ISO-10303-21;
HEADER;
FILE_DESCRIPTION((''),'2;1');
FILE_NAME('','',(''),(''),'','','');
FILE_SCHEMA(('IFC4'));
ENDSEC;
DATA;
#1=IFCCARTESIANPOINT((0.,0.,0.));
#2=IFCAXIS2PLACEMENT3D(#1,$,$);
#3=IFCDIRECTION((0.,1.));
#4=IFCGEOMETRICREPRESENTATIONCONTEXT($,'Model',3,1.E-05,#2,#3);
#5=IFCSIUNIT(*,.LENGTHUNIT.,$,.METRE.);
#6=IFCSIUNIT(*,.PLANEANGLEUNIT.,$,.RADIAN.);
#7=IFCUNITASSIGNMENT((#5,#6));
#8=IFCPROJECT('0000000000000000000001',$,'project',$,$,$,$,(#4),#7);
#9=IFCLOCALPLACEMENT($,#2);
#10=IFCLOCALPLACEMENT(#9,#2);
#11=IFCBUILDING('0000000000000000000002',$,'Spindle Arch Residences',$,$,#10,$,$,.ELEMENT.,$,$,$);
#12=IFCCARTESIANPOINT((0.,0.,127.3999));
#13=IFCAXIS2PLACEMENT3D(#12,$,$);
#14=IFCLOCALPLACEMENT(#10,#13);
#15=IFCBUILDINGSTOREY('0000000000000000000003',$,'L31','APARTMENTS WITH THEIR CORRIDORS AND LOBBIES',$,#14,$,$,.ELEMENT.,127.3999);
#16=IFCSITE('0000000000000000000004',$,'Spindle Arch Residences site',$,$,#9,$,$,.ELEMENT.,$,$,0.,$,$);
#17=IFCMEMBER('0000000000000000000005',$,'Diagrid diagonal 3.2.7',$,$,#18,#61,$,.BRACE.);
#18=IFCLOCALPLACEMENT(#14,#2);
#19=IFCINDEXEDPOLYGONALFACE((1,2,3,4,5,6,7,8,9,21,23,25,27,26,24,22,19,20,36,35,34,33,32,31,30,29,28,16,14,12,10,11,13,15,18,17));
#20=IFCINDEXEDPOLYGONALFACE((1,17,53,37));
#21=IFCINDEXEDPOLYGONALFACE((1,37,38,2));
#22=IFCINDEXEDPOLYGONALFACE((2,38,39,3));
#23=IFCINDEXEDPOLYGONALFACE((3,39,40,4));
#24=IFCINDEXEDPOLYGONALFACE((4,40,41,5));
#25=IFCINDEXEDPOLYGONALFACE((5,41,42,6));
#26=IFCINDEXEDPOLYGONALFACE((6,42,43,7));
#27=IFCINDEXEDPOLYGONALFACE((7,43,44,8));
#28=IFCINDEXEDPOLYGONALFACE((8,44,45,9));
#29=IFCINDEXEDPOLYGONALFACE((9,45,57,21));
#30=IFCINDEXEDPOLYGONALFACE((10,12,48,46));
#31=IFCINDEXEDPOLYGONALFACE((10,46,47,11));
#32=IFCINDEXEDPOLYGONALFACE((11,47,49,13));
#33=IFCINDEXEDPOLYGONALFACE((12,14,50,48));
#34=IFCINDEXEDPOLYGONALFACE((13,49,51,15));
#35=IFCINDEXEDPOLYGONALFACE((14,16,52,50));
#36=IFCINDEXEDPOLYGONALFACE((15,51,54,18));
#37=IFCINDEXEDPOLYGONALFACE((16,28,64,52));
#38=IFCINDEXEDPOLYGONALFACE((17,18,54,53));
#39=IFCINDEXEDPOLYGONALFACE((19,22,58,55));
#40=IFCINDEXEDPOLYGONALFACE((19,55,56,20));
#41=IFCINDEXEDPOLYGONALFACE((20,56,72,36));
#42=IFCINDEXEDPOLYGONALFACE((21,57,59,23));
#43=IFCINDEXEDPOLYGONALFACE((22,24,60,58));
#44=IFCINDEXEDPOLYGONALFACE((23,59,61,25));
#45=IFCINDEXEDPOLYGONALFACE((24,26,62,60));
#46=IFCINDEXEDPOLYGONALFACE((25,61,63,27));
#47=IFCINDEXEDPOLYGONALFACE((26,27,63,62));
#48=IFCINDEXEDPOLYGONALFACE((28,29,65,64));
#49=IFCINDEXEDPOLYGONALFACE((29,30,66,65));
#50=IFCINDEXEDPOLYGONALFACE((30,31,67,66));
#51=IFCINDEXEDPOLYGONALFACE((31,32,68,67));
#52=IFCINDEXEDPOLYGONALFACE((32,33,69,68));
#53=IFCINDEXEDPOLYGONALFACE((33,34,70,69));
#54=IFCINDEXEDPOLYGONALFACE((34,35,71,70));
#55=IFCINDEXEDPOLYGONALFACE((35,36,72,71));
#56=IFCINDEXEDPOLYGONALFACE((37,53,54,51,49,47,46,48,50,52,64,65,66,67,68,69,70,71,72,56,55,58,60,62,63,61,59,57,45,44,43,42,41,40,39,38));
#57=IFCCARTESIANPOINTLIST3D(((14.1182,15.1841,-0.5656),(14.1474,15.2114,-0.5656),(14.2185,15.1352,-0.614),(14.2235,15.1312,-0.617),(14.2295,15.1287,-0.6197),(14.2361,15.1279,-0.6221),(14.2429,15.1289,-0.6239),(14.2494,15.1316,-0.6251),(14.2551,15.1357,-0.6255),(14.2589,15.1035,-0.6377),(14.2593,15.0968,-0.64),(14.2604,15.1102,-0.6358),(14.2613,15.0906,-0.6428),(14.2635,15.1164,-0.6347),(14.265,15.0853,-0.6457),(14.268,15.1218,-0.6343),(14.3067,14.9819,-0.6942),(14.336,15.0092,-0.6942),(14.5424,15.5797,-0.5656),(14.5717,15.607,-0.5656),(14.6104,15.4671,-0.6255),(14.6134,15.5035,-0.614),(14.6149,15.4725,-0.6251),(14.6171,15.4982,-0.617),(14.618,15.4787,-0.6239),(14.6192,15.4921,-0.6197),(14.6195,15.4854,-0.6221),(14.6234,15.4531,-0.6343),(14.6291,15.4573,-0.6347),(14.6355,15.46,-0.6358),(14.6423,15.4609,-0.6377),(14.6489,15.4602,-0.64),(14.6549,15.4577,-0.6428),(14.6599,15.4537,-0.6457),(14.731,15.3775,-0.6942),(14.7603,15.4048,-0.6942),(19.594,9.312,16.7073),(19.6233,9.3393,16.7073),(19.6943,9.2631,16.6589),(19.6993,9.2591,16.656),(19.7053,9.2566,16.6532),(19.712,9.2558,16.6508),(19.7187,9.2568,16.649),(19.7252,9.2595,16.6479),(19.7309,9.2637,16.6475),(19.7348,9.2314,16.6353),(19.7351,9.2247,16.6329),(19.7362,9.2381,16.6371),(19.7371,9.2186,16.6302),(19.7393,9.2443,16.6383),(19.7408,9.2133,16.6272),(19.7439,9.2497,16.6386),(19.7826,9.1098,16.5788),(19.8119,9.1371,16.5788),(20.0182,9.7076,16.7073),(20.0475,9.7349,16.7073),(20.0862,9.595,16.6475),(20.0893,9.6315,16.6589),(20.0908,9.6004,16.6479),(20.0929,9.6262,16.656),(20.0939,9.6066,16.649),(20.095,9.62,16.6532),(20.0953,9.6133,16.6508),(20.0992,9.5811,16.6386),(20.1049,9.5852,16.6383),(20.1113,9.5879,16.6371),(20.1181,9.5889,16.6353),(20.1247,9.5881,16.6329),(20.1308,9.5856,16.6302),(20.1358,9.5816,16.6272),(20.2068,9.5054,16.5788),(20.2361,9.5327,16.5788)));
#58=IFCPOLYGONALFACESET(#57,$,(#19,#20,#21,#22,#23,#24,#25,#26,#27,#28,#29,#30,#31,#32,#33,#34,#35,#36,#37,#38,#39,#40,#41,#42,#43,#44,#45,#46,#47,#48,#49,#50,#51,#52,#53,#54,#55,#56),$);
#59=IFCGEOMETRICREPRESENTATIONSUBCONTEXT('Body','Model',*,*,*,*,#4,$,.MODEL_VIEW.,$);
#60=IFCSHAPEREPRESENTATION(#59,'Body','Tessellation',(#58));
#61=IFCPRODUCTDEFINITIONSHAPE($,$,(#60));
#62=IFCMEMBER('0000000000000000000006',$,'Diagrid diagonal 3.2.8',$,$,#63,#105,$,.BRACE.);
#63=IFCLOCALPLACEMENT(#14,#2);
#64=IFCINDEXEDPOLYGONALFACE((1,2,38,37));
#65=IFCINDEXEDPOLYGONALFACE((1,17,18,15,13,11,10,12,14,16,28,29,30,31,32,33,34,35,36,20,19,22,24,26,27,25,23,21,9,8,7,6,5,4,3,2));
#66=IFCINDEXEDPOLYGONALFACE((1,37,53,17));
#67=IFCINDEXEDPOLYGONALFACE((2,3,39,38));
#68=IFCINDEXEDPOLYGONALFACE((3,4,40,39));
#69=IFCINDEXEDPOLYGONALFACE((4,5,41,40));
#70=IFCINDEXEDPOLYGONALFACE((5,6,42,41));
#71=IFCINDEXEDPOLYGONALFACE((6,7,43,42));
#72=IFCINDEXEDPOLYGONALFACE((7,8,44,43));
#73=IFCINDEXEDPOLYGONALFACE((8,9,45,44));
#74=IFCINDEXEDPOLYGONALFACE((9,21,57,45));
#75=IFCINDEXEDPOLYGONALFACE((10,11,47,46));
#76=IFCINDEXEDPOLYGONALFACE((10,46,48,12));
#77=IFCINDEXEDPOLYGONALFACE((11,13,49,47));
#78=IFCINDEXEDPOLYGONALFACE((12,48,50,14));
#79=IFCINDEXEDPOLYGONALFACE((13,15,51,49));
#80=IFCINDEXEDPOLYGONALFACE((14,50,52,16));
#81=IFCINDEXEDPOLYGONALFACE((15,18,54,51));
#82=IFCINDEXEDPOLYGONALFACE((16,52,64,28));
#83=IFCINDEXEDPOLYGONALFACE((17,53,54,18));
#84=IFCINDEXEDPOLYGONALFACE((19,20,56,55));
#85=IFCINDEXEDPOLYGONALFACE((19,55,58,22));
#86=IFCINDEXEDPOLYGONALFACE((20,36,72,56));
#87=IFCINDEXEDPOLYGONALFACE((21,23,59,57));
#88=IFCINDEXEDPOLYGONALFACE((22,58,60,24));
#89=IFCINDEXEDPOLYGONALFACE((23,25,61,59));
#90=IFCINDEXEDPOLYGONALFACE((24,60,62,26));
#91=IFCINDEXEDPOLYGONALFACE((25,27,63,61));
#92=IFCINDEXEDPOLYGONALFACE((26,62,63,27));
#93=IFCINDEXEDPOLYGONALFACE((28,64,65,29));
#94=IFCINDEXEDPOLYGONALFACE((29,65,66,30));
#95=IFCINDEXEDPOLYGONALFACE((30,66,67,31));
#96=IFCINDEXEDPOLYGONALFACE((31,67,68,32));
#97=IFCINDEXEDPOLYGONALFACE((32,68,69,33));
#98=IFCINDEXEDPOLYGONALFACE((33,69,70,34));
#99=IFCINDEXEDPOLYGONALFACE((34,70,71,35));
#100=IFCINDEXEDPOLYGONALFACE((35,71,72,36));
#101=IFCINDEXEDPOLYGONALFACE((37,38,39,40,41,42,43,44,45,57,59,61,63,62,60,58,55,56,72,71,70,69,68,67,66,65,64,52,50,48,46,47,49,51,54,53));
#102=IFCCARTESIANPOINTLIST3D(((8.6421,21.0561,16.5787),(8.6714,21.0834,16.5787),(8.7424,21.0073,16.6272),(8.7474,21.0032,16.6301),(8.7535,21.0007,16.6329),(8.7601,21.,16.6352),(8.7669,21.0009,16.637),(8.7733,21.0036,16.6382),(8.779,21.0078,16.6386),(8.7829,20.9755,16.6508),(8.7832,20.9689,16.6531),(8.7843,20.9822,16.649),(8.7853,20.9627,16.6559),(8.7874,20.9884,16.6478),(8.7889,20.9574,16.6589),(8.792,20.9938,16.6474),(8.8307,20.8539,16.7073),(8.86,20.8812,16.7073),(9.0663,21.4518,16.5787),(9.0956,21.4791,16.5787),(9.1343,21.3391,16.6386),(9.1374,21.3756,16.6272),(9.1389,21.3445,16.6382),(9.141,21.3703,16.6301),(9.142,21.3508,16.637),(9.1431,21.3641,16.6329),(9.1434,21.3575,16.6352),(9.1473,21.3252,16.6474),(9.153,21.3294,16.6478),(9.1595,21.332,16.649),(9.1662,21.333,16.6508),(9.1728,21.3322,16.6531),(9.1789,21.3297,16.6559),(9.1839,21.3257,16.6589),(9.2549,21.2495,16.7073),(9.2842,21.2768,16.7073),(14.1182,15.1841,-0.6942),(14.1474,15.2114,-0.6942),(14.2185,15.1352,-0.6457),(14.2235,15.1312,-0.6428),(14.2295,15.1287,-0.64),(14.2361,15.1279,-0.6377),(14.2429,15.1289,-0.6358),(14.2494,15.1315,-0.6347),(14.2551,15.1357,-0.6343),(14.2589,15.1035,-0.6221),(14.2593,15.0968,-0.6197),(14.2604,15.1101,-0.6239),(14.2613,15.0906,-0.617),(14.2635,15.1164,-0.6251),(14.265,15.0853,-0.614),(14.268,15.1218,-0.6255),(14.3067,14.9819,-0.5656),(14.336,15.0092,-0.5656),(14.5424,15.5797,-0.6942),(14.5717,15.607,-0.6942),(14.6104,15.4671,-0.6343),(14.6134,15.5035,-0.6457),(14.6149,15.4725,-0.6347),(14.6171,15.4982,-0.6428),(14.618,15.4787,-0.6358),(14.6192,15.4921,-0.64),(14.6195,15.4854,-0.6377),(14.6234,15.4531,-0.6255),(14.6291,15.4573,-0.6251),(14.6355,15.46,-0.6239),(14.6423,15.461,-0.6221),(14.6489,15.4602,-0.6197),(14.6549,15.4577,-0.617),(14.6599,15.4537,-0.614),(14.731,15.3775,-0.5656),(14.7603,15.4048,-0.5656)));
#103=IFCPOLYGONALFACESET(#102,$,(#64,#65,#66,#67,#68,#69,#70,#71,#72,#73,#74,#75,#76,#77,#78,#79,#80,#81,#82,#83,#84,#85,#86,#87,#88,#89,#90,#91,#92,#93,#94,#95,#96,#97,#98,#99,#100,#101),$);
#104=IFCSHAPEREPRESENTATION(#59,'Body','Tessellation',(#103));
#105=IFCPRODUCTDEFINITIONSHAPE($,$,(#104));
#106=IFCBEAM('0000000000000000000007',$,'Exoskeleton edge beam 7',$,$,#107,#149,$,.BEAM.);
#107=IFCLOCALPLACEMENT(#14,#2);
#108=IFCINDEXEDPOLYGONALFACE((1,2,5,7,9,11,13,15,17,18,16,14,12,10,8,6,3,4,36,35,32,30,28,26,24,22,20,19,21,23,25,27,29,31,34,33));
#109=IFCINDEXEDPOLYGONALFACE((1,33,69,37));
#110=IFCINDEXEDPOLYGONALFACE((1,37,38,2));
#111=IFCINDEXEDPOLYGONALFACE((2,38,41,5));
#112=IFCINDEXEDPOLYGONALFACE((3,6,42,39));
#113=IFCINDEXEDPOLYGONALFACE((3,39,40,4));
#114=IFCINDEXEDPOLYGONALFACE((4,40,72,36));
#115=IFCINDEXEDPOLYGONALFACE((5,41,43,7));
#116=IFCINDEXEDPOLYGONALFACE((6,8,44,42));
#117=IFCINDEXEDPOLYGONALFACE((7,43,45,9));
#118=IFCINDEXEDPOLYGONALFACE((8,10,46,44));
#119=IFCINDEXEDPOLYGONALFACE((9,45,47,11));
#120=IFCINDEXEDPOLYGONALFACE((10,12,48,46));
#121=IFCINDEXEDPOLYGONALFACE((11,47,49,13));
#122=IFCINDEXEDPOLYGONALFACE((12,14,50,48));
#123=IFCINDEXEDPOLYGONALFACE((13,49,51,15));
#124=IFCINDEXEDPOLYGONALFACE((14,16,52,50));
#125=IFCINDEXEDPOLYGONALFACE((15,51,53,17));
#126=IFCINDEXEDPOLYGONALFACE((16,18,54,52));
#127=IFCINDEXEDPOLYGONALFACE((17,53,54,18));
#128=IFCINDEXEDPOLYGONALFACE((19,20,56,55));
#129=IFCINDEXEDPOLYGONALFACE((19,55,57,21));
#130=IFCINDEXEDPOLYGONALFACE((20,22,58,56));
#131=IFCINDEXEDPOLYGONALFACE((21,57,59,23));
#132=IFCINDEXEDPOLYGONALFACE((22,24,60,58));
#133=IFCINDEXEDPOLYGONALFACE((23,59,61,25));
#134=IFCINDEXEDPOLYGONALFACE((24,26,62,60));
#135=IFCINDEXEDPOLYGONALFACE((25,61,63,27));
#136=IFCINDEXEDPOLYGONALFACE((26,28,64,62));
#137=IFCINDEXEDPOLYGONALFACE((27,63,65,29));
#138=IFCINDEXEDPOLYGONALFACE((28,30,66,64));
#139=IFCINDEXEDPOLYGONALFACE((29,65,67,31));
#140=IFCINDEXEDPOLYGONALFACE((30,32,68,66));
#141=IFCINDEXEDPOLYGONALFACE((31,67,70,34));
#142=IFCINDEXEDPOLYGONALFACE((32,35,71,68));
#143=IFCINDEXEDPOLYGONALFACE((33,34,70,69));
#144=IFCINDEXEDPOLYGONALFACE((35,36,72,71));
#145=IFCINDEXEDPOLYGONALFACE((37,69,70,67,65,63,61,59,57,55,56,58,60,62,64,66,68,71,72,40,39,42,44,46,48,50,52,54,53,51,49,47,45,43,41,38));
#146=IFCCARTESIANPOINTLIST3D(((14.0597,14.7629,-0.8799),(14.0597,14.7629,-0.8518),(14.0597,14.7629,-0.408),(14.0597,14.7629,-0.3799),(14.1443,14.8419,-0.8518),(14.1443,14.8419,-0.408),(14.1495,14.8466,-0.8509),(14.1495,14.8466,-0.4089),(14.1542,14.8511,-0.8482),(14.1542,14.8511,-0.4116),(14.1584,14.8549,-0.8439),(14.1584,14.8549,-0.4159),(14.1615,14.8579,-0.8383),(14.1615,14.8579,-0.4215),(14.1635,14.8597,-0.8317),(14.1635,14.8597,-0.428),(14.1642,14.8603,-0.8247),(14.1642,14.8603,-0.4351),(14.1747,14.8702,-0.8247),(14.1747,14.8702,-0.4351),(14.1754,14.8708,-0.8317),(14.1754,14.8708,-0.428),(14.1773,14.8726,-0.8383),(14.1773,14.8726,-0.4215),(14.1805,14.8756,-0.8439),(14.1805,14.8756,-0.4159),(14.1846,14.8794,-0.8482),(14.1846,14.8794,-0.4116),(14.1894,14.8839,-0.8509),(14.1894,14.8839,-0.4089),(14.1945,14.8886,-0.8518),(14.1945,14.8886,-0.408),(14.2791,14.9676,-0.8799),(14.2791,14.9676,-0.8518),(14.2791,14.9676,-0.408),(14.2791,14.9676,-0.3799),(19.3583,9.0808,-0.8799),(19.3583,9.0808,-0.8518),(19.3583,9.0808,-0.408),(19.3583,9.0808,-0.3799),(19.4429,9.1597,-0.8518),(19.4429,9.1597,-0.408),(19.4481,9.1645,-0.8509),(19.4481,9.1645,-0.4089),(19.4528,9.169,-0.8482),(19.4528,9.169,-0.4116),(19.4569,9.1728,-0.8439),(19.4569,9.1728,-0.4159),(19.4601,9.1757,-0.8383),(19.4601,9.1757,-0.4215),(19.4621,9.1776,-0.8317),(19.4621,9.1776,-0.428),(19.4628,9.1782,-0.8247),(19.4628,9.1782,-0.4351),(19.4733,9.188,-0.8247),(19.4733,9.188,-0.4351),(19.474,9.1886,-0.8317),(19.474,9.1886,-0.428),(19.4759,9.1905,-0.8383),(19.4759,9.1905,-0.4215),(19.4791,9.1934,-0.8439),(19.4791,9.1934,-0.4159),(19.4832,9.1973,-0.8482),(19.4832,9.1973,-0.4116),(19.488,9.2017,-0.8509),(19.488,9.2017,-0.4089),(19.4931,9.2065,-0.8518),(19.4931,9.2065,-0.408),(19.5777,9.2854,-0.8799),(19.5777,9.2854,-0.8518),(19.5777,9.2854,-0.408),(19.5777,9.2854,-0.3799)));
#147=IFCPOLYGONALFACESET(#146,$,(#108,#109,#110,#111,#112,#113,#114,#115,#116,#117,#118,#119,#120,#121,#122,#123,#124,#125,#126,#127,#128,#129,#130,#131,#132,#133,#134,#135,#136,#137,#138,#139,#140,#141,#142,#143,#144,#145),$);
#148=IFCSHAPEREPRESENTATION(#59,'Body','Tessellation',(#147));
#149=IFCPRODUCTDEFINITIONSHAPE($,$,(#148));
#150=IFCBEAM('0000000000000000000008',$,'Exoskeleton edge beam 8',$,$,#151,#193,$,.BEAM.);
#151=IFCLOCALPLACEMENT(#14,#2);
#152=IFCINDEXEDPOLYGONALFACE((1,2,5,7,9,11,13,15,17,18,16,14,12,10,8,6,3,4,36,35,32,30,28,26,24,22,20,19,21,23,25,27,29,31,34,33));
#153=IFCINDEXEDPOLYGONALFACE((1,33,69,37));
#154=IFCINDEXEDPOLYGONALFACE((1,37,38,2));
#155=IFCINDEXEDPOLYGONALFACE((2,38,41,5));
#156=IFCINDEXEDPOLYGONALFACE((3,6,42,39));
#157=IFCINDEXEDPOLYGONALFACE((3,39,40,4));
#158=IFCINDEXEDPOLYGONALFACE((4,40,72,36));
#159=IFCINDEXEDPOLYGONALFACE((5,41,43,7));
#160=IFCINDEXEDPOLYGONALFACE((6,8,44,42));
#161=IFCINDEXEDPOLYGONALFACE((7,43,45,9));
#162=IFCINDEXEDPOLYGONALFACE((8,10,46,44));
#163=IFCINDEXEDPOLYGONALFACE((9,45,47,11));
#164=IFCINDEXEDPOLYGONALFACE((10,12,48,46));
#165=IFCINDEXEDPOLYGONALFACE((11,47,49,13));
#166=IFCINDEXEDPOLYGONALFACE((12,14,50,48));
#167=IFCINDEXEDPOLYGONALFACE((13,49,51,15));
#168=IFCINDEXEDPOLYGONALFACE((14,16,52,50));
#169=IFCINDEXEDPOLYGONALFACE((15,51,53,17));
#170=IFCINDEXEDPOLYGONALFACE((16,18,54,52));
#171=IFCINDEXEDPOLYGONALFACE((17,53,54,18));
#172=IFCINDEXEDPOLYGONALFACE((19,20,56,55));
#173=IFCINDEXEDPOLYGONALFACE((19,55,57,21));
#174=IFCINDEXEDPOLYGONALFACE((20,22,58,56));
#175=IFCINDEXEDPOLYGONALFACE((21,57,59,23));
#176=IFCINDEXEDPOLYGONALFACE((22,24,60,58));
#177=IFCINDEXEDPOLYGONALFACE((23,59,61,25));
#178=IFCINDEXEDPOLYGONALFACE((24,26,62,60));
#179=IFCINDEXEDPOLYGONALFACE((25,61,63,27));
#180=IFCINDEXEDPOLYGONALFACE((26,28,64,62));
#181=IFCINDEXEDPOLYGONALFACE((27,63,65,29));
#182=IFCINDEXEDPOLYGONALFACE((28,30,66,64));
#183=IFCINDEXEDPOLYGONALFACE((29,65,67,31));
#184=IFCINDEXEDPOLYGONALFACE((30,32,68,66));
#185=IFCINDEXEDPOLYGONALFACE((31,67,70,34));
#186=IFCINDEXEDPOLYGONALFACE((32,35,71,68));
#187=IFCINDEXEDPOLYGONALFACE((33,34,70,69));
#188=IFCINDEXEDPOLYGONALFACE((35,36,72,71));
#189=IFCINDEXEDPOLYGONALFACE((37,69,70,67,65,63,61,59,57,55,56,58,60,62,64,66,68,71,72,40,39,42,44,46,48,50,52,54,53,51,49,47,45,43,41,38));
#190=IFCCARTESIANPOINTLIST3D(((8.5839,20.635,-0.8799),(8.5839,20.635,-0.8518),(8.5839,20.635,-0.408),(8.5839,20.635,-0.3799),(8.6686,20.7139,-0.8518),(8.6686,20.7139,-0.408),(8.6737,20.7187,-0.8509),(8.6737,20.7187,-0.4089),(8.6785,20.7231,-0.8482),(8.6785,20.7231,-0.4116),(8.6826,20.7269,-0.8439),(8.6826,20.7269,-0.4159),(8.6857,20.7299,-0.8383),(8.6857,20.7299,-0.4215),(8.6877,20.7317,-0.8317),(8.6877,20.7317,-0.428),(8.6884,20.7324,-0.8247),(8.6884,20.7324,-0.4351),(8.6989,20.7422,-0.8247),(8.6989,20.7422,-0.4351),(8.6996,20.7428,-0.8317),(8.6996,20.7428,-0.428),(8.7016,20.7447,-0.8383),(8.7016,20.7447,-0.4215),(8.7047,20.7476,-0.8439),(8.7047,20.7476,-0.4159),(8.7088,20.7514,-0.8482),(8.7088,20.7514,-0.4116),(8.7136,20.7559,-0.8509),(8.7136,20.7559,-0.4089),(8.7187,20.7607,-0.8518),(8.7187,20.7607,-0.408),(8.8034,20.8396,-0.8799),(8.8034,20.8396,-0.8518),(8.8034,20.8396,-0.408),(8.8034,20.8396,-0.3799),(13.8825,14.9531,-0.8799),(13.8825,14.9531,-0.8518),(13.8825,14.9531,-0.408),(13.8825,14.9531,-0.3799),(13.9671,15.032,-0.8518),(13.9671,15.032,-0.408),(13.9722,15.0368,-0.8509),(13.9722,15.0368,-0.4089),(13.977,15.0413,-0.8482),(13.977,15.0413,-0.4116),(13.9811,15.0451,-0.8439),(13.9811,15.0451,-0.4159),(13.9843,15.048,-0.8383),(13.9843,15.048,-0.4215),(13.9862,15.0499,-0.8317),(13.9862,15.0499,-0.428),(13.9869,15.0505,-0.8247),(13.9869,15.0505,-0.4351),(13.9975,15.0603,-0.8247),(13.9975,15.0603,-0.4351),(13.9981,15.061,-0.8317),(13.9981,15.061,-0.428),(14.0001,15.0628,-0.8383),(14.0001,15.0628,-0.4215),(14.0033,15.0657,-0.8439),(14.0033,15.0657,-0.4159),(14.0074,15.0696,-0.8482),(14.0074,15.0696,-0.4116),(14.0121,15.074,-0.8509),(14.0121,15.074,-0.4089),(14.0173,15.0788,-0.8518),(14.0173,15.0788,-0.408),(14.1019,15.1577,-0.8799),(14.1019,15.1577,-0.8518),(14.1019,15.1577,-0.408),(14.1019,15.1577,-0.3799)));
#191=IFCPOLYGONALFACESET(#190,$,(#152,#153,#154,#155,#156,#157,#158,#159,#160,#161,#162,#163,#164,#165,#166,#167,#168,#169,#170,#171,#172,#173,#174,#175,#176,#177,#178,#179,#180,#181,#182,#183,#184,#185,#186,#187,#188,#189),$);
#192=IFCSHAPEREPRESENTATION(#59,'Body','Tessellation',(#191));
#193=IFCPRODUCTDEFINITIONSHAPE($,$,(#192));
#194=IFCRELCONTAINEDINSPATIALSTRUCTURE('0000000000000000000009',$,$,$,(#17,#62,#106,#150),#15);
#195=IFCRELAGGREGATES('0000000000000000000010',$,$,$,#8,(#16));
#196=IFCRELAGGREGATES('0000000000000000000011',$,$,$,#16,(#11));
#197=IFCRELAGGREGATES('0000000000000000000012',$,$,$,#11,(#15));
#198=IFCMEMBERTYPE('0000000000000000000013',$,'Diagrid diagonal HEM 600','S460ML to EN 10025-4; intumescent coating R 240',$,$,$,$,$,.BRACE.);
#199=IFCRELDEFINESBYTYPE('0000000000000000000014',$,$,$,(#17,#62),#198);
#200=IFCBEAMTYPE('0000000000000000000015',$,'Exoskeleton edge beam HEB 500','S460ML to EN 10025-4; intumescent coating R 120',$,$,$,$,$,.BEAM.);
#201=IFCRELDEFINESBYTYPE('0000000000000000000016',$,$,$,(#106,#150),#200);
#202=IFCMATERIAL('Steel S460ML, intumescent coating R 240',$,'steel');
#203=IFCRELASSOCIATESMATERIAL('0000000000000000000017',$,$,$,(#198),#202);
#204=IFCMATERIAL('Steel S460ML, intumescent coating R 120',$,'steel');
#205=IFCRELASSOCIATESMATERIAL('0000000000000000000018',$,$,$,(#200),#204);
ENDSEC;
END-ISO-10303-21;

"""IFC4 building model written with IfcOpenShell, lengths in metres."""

from ifc_helpers import new_model, si_unit, direction, frame, origin, origin_2d, place, context, subcontext, project, spatial, i_section, extrude, material, material_profile, profile_set, type_object, element, save


model = new_model("IFC4")

# Units and contexts
model_context = context("Model", 3, precision=1e-05, world=origin(), true_north=direction((0.0, 1.0)))
body_context = subcontext(model_context, "Body", "Model", "MODEL_VIEW")
ifc_project = project(units=[si_unit("LENGTHUNIT", "METRE"), si_unit("PLANEANGLEUNIT", "RADIAN")], contexts=[model_context])

# Site, building, storey
site_placement = place(None, origin())
site = spatial("IfcSite", under=ifc_project, at=site_placement, Name="Spindle Arch Residences site", CompositionType="ELEMENT", RefElevation=0.0)
building_placement = place(site_placement, origin())
building = spatial("IfcBuilding", under=site, at=building_placement, Name="Spindle Arch Residences", CompositionType="ELEMENT")
storey_placement = place(building_placement, frame((0.0, 0.0, 127.3999)))
storey = spatial("IfcBuildingStorey", under=building, at=storey_placement, Name="L31", Description="APARTMENTS WITH THEIR CORRIDORS AND LOBBIES", CompositionType="ELEMENT", Elevation=127.3999)

# Members
ifc_material_1 = material(Name="Steel S460ML, intumescent coating R 240", Category="steel")
ifc_material_profile_1 = material_profile(ifc_material_1, i_section(OverallWidth=0.3049, OverallDepth=0.6201, WebThickness=0.021, FlangeThickness=0.04, FilletRadius=0.0271, at=origin_2d()), Name="HEM 600")
ifc_profile_set_1 = profile_set([ifc_material_profile_1], Name="Steel S460ML, intumescent coating R 240")
member_type_1 = type_object("IfcMemberType", Name="Diagrid diagonal HEM 600", Description="S460ML to EN 10025-4; intumescent coating R 240", PredefinedType="BRACE", material=ifc_profile_set_1)
for number, where, z_axis, x_axis, name in (
    (1, (14.4392, 15.2944, -0.6299), (0.287478, -0.30828, 0.906819), (-0.618451, 0.663203, 0.421521), "Diagrid diagonal 3.2.7"),
    (2, (14.4392, 15.2944, -0.6299), (-0.287489, 0.308279, 0.906815), (0.618464, -0.663187, 0.421528), "Diagrid diagonal 3.2.8"),
):
    element("IfcMember", number, at=place(storey_placement, frame(where, z_axis=z_axis, x_axis=x_axis)), inside=storey, type_object=member_type_1, Name=name, PredefinedType="BRACE", context=body_context, shape_type="SweptSolid", body=[
        extrude(i_section(OverallWidth=0.3049, OverallDepth=0.6201, WebThickness=0.021, FlangeThickness=0.04, FilletRadius=0.0271, at=origin_2d()), origin(), (0.0, 0.0, 1.0), 19.0479),
    ])

# Beams
ifc_material_2 = material(Name="Steel S460ML, intumescent coating R 120", Category="steel")
ifc_material_profile_2 = material_profile(ifc_material_2, i_section(OverallWidth=0.3, OverallDepth=0.5, WebThickness=0.0144, FlangeThickness=0.0281, FilletRadius=0.0271, at=origin_2d()), Name="HEB 500")
ifc_profile_set_2 = profile_set([ifc_material_profile_2], Name="Steel S460ML, intumescent coating R 120")
beam_type_1 = type_object("IfcBeamType", Name="Exoskeleton edge beam HEB 500", Description="S460ML to EN 10025-4; intumescent coating R 120", PredefinedType="BEAM", material=ifc_profile_set_2)
beam_1_placement = place(storey_placement, frame((19.468, 9.1831, -0.6299), z_axis=(-0.681992, 0.731359, 0.0), x_axis=(-0.731359, -0.681992, 0.0)))
element("IfcBeam", 3, at=beam_1_placement, inside=storey, type_object=beam_type_1, Name="Exoskeleton edge beam 7", PredefinedType="BEAM", context=body_context, shape_type="SweptSolid", body=[
    extrude(i_section(OverallWidth=0.3, OverallDepth=0.5, WebThickness=0.0144, FlangeThickness=0.0281, FilletRadius=0.0271, at=origin_2d()), origin(), (0.0, 0.0, 1.0), 7.7693),
])
for number, where, z_axis, x_axis, name in (
    (4, (13.9922, 15.0554, -0.6299), (-0.682008, 0.731345, 0.0), (-0.731345, -0.682008, 0.0), "Exoskeleton edge beam 8"),
):
    element("IfcBeam", number, at=place(storey_placement, frame(where, z_axis=z_axis, x_axis=x_axis)), inside=storey, type_object=beam_type_1, Name=name, PredefinedType="BEAM", context=body_context, shape_type="SweptSolid", body=[
        extrude(i_section(OverallWidth=0.3, OverallDepth=0.5, WebThickness=0.0144, FlangeThickness=0.0281, FilletRadius=0.0271, at=origin_2d()), origin(), (0.0, 0.0, 1.0), 7.769),
    ])

save(model, "model.ifc")
